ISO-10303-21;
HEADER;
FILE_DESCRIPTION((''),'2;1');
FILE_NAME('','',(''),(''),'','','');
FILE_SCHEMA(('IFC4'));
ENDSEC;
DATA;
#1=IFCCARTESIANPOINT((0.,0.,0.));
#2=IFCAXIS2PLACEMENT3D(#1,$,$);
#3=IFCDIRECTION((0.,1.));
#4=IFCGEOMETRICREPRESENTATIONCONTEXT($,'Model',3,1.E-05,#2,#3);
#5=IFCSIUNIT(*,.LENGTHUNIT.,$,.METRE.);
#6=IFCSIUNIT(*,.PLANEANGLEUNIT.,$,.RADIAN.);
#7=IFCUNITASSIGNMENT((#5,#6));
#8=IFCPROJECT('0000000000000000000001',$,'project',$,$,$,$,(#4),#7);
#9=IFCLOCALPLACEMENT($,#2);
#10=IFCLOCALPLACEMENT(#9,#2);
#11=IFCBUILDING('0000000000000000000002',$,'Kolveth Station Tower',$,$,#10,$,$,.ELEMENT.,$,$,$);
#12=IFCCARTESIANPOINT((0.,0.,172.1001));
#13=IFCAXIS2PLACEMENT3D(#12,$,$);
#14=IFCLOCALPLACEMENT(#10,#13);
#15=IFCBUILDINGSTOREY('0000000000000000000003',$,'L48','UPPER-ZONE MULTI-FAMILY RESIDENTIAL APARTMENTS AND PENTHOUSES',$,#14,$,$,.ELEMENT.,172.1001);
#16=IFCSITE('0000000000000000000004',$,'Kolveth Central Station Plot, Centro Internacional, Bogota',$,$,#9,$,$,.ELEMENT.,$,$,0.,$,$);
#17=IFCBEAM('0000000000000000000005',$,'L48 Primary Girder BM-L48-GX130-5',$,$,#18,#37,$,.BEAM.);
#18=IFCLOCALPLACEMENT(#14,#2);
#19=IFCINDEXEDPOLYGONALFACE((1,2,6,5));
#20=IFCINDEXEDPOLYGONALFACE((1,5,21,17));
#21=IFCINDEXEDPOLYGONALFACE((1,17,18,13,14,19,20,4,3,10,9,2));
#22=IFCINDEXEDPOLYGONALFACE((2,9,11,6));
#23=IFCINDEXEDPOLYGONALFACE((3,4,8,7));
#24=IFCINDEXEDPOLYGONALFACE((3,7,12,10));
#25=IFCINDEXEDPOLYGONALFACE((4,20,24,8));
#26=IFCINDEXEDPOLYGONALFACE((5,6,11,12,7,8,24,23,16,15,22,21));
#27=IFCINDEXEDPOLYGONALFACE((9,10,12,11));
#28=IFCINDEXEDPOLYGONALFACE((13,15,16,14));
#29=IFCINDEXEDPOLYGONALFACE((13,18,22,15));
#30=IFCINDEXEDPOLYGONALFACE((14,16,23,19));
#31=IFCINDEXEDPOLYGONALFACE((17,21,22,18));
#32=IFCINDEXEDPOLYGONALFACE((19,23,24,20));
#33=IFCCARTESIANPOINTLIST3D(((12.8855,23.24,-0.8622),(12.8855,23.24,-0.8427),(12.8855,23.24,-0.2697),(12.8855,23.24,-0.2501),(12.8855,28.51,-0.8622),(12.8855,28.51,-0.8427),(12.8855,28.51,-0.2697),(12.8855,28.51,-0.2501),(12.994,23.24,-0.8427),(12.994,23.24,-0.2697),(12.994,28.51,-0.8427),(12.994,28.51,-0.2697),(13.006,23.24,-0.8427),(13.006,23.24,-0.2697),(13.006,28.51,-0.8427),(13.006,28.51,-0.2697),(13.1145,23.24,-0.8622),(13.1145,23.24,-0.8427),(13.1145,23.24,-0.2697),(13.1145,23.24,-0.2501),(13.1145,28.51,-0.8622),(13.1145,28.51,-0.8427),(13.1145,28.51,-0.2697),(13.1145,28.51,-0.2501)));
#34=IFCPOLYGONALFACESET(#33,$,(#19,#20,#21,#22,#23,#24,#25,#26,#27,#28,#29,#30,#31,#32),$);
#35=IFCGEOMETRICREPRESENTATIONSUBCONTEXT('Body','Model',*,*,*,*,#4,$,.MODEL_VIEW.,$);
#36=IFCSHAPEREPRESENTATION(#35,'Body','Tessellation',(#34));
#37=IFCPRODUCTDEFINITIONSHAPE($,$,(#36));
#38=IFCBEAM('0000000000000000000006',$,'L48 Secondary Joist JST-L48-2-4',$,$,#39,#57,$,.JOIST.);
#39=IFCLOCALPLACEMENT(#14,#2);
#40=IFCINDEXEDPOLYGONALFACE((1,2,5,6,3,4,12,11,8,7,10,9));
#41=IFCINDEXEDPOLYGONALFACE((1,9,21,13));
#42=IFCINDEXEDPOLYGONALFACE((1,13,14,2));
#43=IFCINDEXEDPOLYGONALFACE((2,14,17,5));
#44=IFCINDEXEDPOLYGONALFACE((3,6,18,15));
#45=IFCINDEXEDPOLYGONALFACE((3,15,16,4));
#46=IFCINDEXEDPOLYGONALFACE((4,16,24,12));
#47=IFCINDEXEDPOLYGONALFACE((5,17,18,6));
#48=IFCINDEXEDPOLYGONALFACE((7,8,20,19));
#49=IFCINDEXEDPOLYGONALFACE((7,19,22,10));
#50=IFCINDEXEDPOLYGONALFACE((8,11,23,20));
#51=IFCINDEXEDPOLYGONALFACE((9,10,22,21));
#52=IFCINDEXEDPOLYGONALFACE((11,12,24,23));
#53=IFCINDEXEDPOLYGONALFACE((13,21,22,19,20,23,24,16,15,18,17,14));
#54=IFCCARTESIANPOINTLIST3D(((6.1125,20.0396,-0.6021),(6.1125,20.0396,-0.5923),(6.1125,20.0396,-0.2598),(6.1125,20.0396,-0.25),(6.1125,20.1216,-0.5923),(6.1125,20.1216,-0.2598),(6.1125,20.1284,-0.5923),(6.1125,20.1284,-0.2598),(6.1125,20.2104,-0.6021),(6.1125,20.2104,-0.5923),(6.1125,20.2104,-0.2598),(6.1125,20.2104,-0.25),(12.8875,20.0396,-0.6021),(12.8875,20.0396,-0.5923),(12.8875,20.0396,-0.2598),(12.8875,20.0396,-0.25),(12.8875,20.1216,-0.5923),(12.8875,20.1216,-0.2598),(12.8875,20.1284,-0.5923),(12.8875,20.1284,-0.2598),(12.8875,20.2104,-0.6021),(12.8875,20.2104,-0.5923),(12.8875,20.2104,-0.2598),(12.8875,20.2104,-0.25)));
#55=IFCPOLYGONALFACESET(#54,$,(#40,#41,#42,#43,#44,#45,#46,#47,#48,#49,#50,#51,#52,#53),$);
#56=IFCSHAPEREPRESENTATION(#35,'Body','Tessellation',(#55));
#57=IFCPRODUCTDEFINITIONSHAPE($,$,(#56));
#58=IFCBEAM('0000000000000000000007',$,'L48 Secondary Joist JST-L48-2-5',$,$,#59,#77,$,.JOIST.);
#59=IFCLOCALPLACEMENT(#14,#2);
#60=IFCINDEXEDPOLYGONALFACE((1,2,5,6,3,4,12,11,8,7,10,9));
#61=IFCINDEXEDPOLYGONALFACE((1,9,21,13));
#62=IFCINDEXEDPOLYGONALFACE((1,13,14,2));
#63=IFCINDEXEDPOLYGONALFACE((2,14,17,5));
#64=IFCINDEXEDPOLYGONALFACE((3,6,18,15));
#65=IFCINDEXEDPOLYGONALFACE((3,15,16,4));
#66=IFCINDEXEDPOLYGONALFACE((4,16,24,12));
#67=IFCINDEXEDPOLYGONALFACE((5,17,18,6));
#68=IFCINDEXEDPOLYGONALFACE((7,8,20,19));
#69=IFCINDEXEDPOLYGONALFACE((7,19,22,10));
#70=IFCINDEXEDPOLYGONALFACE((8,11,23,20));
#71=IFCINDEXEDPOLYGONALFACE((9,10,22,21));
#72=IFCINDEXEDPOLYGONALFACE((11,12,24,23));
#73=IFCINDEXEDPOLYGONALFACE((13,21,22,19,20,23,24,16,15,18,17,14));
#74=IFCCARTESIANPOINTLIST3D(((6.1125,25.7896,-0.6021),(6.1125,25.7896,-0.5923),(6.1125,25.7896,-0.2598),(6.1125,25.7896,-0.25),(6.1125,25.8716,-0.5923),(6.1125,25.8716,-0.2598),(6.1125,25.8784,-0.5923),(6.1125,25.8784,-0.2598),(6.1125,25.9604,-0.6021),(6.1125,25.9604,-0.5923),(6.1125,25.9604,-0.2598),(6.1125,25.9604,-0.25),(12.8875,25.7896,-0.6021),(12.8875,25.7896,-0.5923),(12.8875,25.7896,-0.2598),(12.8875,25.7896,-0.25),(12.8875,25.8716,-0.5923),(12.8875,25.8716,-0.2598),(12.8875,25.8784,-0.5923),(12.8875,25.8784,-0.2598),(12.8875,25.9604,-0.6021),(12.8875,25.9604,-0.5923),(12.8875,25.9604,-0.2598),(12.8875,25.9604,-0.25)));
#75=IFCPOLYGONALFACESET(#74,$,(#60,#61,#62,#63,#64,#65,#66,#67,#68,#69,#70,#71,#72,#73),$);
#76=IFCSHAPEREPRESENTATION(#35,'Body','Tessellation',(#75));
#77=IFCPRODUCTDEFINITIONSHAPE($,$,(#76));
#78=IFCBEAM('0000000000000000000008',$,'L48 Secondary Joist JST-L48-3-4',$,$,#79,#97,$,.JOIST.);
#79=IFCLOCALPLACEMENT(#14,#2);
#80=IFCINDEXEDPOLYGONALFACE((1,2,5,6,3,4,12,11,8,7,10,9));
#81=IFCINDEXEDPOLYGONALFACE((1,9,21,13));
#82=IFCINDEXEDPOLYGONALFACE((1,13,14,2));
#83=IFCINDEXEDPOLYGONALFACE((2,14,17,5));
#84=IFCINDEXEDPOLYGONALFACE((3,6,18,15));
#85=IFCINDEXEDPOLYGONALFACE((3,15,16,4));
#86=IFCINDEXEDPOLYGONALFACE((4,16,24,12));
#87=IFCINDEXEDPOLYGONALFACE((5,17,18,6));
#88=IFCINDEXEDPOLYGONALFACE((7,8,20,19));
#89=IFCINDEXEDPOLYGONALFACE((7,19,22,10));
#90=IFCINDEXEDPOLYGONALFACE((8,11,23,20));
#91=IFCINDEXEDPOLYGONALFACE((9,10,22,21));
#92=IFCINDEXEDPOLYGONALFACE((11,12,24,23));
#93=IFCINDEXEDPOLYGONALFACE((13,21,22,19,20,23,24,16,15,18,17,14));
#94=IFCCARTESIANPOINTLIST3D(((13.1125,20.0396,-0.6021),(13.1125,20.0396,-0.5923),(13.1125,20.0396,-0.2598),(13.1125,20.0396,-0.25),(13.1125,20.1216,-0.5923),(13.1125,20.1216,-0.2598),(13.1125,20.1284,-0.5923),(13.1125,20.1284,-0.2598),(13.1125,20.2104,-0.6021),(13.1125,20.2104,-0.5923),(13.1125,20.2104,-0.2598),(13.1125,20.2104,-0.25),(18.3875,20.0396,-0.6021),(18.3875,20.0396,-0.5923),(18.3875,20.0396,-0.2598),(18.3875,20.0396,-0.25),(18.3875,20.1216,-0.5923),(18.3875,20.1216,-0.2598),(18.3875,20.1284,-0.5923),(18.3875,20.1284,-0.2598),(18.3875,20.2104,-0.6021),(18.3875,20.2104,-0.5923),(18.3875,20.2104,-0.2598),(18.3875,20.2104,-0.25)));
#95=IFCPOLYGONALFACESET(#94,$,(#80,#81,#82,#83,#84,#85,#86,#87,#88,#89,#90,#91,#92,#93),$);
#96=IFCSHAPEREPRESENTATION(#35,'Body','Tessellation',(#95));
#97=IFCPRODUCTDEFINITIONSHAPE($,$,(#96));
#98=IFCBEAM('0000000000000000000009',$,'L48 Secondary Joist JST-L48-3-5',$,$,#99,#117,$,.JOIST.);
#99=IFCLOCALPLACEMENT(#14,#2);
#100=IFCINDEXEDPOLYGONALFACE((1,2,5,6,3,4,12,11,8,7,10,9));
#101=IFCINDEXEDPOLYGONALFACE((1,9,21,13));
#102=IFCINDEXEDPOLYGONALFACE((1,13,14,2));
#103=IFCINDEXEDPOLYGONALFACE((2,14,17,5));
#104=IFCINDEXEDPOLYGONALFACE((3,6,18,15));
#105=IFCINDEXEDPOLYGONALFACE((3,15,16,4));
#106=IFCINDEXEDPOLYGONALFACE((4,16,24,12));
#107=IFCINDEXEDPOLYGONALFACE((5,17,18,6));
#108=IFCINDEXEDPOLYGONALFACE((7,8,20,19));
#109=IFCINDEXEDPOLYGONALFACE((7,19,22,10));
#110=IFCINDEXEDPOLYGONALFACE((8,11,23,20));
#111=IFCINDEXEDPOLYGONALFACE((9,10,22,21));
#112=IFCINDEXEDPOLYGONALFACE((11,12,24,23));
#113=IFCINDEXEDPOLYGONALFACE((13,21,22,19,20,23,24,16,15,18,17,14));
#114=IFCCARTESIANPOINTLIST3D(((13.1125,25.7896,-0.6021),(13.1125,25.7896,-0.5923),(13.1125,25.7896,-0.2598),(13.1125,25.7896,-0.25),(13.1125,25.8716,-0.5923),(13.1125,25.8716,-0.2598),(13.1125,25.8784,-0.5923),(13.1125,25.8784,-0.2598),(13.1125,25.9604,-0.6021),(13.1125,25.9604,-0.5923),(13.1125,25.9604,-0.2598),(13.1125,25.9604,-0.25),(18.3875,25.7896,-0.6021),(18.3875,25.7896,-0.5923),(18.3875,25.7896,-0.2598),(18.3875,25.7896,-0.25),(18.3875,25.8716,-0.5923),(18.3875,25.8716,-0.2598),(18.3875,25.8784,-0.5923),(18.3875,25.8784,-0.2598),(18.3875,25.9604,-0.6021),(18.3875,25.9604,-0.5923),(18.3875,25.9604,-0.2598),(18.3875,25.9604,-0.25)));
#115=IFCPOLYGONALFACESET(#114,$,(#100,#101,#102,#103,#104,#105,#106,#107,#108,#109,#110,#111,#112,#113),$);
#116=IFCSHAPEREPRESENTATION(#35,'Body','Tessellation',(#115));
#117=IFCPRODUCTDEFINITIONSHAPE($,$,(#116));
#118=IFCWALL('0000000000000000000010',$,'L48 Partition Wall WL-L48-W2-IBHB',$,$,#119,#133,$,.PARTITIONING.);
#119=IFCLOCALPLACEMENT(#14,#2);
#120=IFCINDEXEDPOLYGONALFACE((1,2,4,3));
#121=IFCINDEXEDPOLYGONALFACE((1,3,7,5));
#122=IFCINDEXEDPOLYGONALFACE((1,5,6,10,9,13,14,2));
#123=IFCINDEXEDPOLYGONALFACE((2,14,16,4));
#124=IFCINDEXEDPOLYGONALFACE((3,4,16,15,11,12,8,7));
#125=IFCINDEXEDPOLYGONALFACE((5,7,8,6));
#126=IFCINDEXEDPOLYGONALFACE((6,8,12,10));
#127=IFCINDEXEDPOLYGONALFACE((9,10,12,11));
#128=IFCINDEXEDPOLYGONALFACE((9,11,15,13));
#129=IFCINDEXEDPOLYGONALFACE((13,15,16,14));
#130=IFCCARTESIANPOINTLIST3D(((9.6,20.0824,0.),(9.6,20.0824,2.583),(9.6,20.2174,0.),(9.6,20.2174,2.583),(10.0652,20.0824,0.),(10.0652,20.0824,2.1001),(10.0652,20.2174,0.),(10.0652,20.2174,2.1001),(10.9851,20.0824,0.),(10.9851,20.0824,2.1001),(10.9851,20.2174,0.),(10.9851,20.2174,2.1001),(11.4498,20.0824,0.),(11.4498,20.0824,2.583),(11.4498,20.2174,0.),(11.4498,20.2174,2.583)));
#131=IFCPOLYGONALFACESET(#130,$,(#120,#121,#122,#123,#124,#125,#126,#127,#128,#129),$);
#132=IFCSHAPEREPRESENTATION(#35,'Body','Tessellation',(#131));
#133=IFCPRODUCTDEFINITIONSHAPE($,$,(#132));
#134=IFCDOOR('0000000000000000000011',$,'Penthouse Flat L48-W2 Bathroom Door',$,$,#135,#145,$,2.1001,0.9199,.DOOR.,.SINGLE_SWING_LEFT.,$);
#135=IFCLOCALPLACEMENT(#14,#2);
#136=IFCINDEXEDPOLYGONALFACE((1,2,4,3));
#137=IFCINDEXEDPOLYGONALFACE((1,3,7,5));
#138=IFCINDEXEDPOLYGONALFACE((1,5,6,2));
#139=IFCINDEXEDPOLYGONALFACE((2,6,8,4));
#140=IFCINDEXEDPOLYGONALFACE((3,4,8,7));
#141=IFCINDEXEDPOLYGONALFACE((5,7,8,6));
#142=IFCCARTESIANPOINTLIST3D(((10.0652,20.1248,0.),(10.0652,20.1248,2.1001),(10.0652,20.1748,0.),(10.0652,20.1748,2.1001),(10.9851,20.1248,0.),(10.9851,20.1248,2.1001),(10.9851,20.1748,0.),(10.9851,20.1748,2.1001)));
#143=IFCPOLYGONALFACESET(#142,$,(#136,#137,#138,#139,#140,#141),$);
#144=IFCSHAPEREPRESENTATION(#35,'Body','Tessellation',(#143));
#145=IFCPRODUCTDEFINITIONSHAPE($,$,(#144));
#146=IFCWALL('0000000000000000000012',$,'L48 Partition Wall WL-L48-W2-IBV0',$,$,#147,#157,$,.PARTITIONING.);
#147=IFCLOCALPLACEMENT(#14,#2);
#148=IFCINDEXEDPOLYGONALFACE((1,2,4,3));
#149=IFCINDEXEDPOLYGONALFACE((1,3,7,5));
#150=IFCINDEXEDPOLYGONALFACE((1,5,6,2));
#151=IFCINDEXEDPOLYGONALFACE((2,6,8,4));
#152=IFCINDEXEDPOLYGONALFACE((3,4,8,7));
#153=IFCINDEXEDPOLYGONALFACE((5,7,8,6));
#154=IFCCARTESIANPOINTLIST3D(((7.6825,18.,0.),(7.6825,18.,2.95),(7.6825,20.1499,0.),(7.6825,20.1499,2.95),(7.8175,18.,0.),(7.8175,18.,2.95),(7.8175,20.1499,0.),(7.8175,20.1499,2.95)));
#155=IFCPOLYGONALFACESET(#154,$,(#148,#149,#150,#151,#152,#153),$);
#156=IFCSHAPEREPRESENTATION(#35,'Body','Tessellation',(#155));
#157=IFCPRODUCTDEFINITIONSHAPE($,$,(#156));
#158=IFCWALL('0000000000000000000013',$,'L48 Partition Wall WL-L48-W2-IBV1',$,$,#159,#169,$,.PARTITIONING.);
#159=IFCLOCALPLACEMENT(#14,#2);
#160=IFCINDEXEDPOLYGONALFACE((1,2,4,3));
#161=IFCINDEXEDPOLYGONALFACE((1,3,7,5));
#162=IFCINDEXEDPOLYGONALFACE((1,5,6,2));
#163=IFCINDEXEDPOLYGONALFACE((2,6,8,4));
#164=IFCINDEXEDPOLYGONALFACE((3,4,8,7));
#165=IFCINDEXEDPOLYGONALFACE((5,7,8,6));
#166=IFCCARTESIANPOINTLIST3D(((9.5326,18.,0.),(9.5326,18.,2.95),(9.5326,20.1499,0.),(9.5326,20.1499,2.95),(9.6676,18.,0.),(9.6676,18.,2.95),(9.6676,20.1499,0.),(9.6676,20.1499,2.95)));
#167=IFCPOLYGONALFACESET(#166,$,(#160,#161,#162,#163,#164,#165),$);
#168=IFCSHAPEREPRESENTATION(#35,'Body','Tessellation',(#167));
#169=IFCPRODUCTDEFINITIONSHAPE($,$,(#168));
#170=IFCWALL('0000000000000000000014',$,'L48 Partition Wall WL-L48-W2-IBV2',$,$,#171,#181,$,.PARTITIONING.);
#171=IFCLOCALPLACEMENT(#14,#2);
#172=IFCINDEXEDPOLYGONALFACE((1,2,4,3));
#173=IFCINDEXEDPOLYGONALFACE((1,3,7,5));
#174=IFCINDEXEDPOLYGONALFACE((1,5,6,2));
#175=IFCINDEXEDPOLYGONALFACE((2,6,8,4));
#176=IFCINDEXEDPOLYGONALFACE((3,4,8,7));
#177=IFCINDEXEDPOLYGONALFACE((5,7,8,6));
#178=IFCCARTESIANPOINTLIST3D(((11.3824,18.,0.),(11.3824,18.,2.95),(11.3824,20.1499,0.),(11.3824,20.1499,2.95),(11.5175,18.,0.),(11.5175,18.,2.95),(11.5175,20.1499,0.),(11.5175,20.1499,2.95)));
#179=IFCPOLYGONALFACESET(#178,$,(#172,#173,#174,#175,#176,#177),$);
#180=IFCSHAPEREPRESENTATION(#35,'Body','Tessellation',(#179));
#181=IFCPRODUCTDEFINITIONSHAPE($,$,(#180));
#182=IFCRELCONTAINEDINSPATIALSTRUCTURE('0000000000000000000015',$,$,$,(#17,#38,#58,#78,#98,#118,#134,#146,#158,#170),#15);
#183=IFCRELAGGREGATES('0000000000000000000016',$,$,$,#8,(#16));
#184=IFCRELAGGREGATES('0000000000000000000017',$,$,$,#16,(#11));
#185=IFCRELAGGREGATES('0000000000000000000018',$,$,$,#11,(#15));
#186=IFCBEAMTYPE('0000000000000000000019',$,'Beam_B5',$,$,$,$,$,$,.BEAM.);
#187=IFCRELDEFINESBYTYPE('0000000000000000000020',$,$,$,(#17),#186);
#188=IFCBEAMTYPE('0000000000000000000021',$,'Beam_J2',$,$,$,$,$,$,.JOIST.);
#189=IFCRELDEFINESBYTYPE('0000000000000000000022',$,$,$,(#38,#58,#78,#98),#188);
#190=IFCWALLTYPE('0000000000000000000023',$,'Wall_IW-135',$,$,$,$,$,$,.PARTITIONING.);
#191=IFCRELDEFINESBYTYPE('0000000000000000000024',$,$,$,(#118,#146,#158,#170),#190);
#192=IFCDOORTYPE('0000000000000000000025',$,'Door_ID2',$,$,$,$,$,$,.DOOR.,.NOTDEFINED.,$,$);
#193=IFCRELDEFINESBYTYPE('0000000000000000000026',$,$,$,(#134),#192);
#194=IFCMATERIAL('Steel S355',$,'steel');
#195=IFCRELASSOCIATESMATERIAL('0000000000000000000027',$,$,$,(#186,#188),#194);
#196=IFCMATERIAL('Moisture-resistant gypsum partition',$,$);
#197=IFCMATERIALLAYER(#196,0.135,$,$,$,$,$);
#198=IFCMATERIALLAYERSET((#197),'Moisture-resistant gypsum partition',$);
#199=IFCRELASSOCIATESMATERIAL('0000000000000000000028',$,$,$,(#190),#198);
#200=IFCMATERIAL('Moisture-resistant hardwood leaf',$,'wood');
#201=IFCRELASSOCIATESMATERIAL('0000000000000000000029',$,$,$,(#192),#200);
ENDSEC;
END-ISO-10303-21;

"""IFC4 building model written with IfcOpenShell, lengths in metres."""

from ifc_helpers import new_model, si_unit, direction, frame, frame_2d, origin, origin_2d, place, context, subcontext, project, spatial, rectangle, i_section, extrude, source, transform, mapped, material, layer, layer_set, material_profile, profile_set, type_object, element, fill, save


model = new_model("IFC4")

# Units and contexts
model_context = context("Model", 3, precision=1e-05, world=origin(), true_north=direction((0.0, 1.0)))
body_context = subcontext(model_context, "Body", "Model", "MODEL_VIEW")
ifc_project = project(units=[si_unit("LENGTHUNIT", "METRE"), si_unit("PLANEANGLEUNIT", "RADIAN")], contexts=[model_context])

# Site, building, storey
site_placement = place(None, origin())
site = spatial("IfcSite", under=ifc_project, at=site_placement, Name="Kolveth Central Station Plot, Centro Internacional, Bogota", CompositionType="ELEMENT", RefElevation=0.0)
building_placement = place(site_placement, origin())
building = spatial("IfcBuilding", under=site, at=building_placement, Name="Kolveth Station Tower", CompositionType="ELEMENT")
storey_placement = place(building_placement, frame((0.0, 0.0, 172.1001)))
storey = spatial("IfcBuildingStorey", under=building, at=storey_placement, Name="L48", Description="UPPER-ZONE MULTI-FAMILY RESIDENTIAL APARTMENTS AND PENTHOUSES", CompositionType="ELEMENT", Elevation=172.1001)

# Shared definitions
ifc_material_1 = material(Name="Steel S355", Category="steel")

# Beams
ifc_material_profile_1 = material_profile(ifc_material_1, i_section(OverallWidth=0.229, OverallDepth=0.6121, WebThickness=0.012, FlangeThickness=0.0195, at=origin_2d()), Name="W610x125")
ifc_profile_set_1 = profile_set([ifc_material_profile_1], Name="Steel S355")
beam_type_1 = type_object("IfcBeamType", Name="Beam_B5", PredefinedType="BEAM", material=ifc_profile_set_1)
shared_shape_1 = source(origin(), body_context, "Body", "SweptSolid", [
    extrude(i_section(OverallWidth=0.229, OverallDepth=0.6121, WebThickness=0.012, FlangeThickness=0.0195, at=origin_2d()), origin(), (0.0, 0.0, 1.0), 5.27),
])
for number, where, z_axis, x_axis, name in (
    (1, (13.0, 23.24, -0.5562), (0.0, 1.0, 0.0), (-1.0, 0.0, 0.0), "L48 Primary Girder BM-L48-GX130-5"),
):
    element("IfcBeam", number, at=place(storey_placement, frame(where, z_axis=z_axis, x_axis=x_axis)), inside=storey, type_object=beam_type_1, Name=name, PredefinedType="BEAM", context=body_context, shape_type="MappedRepresentation", body=[
        mapped(shared_shape_1, transform((0.0, 0.0, 0.0), x_axis=(1.0, 0.0, 0.0), y_axis=(0.0, 1.0, 0.0), z_axis=(0.0, 0.0, 1.0), scale=1.0)),
    ])
ifc_material_profile_2 = material_profile(ifc_material_1, i_section(OverallWidth=0.1709, OverallDepth=0.3521, WebThickness=0.0068, FlangeThickness=0.0098, at=origin_2d()), Name="W360x44")
ifc_profile_set_2 = profile_set([ifc_material_profile_2], Name="Steel S355")
beam_type_2 = type_object("IfcBeamType", Name="Beam_J2", PredefinedType="JOIST", material=ifc_profile_set_2)
shared_shape_2 = source(origin(), body_context, "Body", "SweptSolid", [
    extrude(i_section(OverallWidth=0.1709, OverallDepth=0.3521, WebThickness=0.0068, FlangeThickness=0.0098, at=origin_2d()), origin(), (0.0, 0.0, 1.0), 6.7749),
])
for number, where, z_axis, x_axis, name in (
    (2, (6.1125, 20.125, -0.426), (1.0, 0.0, 0.0), (0.0, 1.0, 0.0), "L48 Secondary Joist JST-L48-2-4"),
    (3, (6.1125, 25.875, -0.426), (1.0, 0.0, 0.0), (0.0, 1.0, 0.0), "L48 Secondary Joist JST-L48-2-5"),
):
    element("IfcBeam", number, at=place(storey_placement, frame(where, z_axis=z_axis, x_axis=x_axis)), inside=storey, type_object=beam_type_2, Name=name, PredefinedType="JOIST", context=body_context, shape_type="MappedRepresentation", body=[
        mapped(shared_shape_2, transform((0.0, 0.0, 0.0), x_axis=(1.0, 0.0, 0.0), y_axis=(0.0, 1.0, 0.0), z_axis=(0.0, 0.0, 1.0), scale=1.0)),
    ])
shared_shape_3 = source(origin(), body_context, "Body", "SweptSolid", [
    extrude(i_section(OverallWidth=0.1709, OverallDepth=0.3521, WebThickness=0.0068, FlangeThickness=0.0098, at=origin_2d()), origin(), (0.0, 0.0, 1.0), 5.2749),
])
for number, where, z_axis, x_axis, name in (
    (4, (13.1125, 20.125, -0.426), (1.0, 0.0, 0.0), (0.0, 1.0, 0.0), "L48 Secondary Joist JST-L48-3-4"),
    (5, (13.1125, 25.875, -0.426), (1.0, 0.0, 0.0), (0.0, 1.0, 0.0), "L48 Secondary Joist JST-L48-3-5"),
):
    element("IfcBeam", number, at=place(storey_placement, frame(where, z_axis=z_axis, x_axis=x_axis)), inside=storey, type_object=beam_type_2, Name=name, PredefinedType="JOIST", context=body_context, shape_type="MappedRepresentation", body=[
        mapped(shared_shape_3, transform((0.0, 0.0, 0.0), x_axis=(1.0, 0.0, 0.0), y_axis=(0.0, 1.0, 0.0), z_axis=(0.0, 0.0, 1.0), scale=1.0)),
    ])

# Wall, opening, door
ifc_material_2 = material(Name="Moisture-resistant gypsum partition")
ifc_layer_1 = layer(ifc_material_2, 0.135)
ifc_layer_set_1 = layer_set([ifc_layer_1], Name="Moisture-resistant gypsum partition")
wall_type_1 = type_object("IfcWallType", Name="Wall_IW-135", PredefinedType="PARTITIONING", material=ifc_layer_set_1)
wall_1_placement = place(storey_placement, frame((9.6001, 20.1499, 0.0), z_axis=(0.0, 0.0, 1.0), x_axis=(1.0, 0.0, 0.0)))
wall_1 = element("IfcWall", 6, at=wall_1_placement, inside=storey, type_object=wall_type_1, Name="L48 Partition Wall WL-L48-W2-IBHB", PredefinedType="PARTITIONING", context=body_context, shape_type="SweptSolid", body=[
    extrude(rectangle(XDim=1.8499, YDim=0.135, at=frame_2d((0.9248, 0.0))), origin(), (0.0, 0.0, 1.0), 2.583),
])
opening_1_placement = place(wall_1_placement, frame((0.4651, 0.0, 0.0)))
opening_1 = element("IfcOpeningElement", 7, at=opening_1_placement, cuts=wall_1, PredefinedType="OPENING", context=body_context, shape_type="SweptSolid", body=[
    extrude(rectangle(XDim=0.9199, YDim=2.1001, at=frame_2d((0.46, 1.05))), frame((0.0, 0.0774, 0.0), z_axis=(0.0, -1.0, 0.0), x_axis=(1.0, 0.0, 0.0)), (0.0, 0.0, 1.0), 0.155),
])
ifc_material_3 = material(Name="Moisture-resistant hardwood leaf", Category="wood")
door_type_1 = type_object("IfcDoorType", Name="Door_ID2", OperationType="NOTDEFINED", PredefinedType="DOOR", material=ifc_material_3)
door_1_placement = place(opening_1_placement, origin())
door_1 = element("IfcDoor", 8, at=door_1_placement, inside=storey, type_object=door_type_1, Name="Penthouse Flat L48-W2 Bathroom Door", OperationType="SINGLE_SWING_LEFT", OverallHeight=2.1001, OverallWidth=0.9199, PredefinedType="DOOR", context=body_context, shape_type="SweptSolid", body=[
    extrude(rectangle(XDim=0.9199, YDim=2.1001, at=frame_2d((0.46, 1.05))), frame((0.0, 0.0249, 0.0), z_axis=(0.0, -1.0, 0.0), x_axis=(1.0, 0.0, 0.0)), (0.0, 0.0, 1.0), 0.05),
])
fill(opening_1, door_1)

# Walls
for number, where, z_axis, x_axis, name in (
    (9, (7.75, 18.0, 0.0), (0.0, 0.0, 1.0), (0.0, 1.0, 0.0), "L48 Partition Wall WL-L48-W2-IBV0"),
    (10, (9.6001, 18.0, 0.0), (0.0, 0.0, 1.0), (0.0, 1.0, 0.0), "L48 Partition Wall WL-L48-W2-IBV1"),
    (11, (11.45, 18.0, 0.0), (0.0, 0.0, 1.0), (0.0, 1.0, 0.0), "L48 Partition Wall WL-L48-W2-IBV2"),
):
    element("IfcWall", number, at=place(storey_placement, frame(where, z_axis=z_axis, x_axis=x_axis)), inside=storey, type_object=wall_type_1, Name=name, PredefinedType="PARTITIONING", context=body_context, shape_type="SweptSolid", body=[
        extrude(rectangle(XDim=2.1499, YDim=0.135, at=frame_2d((1.075, 0.0))), origin(), (0.0, 0.0, 1.0), 2.95),
    ])

save(model, "model.ifc")
